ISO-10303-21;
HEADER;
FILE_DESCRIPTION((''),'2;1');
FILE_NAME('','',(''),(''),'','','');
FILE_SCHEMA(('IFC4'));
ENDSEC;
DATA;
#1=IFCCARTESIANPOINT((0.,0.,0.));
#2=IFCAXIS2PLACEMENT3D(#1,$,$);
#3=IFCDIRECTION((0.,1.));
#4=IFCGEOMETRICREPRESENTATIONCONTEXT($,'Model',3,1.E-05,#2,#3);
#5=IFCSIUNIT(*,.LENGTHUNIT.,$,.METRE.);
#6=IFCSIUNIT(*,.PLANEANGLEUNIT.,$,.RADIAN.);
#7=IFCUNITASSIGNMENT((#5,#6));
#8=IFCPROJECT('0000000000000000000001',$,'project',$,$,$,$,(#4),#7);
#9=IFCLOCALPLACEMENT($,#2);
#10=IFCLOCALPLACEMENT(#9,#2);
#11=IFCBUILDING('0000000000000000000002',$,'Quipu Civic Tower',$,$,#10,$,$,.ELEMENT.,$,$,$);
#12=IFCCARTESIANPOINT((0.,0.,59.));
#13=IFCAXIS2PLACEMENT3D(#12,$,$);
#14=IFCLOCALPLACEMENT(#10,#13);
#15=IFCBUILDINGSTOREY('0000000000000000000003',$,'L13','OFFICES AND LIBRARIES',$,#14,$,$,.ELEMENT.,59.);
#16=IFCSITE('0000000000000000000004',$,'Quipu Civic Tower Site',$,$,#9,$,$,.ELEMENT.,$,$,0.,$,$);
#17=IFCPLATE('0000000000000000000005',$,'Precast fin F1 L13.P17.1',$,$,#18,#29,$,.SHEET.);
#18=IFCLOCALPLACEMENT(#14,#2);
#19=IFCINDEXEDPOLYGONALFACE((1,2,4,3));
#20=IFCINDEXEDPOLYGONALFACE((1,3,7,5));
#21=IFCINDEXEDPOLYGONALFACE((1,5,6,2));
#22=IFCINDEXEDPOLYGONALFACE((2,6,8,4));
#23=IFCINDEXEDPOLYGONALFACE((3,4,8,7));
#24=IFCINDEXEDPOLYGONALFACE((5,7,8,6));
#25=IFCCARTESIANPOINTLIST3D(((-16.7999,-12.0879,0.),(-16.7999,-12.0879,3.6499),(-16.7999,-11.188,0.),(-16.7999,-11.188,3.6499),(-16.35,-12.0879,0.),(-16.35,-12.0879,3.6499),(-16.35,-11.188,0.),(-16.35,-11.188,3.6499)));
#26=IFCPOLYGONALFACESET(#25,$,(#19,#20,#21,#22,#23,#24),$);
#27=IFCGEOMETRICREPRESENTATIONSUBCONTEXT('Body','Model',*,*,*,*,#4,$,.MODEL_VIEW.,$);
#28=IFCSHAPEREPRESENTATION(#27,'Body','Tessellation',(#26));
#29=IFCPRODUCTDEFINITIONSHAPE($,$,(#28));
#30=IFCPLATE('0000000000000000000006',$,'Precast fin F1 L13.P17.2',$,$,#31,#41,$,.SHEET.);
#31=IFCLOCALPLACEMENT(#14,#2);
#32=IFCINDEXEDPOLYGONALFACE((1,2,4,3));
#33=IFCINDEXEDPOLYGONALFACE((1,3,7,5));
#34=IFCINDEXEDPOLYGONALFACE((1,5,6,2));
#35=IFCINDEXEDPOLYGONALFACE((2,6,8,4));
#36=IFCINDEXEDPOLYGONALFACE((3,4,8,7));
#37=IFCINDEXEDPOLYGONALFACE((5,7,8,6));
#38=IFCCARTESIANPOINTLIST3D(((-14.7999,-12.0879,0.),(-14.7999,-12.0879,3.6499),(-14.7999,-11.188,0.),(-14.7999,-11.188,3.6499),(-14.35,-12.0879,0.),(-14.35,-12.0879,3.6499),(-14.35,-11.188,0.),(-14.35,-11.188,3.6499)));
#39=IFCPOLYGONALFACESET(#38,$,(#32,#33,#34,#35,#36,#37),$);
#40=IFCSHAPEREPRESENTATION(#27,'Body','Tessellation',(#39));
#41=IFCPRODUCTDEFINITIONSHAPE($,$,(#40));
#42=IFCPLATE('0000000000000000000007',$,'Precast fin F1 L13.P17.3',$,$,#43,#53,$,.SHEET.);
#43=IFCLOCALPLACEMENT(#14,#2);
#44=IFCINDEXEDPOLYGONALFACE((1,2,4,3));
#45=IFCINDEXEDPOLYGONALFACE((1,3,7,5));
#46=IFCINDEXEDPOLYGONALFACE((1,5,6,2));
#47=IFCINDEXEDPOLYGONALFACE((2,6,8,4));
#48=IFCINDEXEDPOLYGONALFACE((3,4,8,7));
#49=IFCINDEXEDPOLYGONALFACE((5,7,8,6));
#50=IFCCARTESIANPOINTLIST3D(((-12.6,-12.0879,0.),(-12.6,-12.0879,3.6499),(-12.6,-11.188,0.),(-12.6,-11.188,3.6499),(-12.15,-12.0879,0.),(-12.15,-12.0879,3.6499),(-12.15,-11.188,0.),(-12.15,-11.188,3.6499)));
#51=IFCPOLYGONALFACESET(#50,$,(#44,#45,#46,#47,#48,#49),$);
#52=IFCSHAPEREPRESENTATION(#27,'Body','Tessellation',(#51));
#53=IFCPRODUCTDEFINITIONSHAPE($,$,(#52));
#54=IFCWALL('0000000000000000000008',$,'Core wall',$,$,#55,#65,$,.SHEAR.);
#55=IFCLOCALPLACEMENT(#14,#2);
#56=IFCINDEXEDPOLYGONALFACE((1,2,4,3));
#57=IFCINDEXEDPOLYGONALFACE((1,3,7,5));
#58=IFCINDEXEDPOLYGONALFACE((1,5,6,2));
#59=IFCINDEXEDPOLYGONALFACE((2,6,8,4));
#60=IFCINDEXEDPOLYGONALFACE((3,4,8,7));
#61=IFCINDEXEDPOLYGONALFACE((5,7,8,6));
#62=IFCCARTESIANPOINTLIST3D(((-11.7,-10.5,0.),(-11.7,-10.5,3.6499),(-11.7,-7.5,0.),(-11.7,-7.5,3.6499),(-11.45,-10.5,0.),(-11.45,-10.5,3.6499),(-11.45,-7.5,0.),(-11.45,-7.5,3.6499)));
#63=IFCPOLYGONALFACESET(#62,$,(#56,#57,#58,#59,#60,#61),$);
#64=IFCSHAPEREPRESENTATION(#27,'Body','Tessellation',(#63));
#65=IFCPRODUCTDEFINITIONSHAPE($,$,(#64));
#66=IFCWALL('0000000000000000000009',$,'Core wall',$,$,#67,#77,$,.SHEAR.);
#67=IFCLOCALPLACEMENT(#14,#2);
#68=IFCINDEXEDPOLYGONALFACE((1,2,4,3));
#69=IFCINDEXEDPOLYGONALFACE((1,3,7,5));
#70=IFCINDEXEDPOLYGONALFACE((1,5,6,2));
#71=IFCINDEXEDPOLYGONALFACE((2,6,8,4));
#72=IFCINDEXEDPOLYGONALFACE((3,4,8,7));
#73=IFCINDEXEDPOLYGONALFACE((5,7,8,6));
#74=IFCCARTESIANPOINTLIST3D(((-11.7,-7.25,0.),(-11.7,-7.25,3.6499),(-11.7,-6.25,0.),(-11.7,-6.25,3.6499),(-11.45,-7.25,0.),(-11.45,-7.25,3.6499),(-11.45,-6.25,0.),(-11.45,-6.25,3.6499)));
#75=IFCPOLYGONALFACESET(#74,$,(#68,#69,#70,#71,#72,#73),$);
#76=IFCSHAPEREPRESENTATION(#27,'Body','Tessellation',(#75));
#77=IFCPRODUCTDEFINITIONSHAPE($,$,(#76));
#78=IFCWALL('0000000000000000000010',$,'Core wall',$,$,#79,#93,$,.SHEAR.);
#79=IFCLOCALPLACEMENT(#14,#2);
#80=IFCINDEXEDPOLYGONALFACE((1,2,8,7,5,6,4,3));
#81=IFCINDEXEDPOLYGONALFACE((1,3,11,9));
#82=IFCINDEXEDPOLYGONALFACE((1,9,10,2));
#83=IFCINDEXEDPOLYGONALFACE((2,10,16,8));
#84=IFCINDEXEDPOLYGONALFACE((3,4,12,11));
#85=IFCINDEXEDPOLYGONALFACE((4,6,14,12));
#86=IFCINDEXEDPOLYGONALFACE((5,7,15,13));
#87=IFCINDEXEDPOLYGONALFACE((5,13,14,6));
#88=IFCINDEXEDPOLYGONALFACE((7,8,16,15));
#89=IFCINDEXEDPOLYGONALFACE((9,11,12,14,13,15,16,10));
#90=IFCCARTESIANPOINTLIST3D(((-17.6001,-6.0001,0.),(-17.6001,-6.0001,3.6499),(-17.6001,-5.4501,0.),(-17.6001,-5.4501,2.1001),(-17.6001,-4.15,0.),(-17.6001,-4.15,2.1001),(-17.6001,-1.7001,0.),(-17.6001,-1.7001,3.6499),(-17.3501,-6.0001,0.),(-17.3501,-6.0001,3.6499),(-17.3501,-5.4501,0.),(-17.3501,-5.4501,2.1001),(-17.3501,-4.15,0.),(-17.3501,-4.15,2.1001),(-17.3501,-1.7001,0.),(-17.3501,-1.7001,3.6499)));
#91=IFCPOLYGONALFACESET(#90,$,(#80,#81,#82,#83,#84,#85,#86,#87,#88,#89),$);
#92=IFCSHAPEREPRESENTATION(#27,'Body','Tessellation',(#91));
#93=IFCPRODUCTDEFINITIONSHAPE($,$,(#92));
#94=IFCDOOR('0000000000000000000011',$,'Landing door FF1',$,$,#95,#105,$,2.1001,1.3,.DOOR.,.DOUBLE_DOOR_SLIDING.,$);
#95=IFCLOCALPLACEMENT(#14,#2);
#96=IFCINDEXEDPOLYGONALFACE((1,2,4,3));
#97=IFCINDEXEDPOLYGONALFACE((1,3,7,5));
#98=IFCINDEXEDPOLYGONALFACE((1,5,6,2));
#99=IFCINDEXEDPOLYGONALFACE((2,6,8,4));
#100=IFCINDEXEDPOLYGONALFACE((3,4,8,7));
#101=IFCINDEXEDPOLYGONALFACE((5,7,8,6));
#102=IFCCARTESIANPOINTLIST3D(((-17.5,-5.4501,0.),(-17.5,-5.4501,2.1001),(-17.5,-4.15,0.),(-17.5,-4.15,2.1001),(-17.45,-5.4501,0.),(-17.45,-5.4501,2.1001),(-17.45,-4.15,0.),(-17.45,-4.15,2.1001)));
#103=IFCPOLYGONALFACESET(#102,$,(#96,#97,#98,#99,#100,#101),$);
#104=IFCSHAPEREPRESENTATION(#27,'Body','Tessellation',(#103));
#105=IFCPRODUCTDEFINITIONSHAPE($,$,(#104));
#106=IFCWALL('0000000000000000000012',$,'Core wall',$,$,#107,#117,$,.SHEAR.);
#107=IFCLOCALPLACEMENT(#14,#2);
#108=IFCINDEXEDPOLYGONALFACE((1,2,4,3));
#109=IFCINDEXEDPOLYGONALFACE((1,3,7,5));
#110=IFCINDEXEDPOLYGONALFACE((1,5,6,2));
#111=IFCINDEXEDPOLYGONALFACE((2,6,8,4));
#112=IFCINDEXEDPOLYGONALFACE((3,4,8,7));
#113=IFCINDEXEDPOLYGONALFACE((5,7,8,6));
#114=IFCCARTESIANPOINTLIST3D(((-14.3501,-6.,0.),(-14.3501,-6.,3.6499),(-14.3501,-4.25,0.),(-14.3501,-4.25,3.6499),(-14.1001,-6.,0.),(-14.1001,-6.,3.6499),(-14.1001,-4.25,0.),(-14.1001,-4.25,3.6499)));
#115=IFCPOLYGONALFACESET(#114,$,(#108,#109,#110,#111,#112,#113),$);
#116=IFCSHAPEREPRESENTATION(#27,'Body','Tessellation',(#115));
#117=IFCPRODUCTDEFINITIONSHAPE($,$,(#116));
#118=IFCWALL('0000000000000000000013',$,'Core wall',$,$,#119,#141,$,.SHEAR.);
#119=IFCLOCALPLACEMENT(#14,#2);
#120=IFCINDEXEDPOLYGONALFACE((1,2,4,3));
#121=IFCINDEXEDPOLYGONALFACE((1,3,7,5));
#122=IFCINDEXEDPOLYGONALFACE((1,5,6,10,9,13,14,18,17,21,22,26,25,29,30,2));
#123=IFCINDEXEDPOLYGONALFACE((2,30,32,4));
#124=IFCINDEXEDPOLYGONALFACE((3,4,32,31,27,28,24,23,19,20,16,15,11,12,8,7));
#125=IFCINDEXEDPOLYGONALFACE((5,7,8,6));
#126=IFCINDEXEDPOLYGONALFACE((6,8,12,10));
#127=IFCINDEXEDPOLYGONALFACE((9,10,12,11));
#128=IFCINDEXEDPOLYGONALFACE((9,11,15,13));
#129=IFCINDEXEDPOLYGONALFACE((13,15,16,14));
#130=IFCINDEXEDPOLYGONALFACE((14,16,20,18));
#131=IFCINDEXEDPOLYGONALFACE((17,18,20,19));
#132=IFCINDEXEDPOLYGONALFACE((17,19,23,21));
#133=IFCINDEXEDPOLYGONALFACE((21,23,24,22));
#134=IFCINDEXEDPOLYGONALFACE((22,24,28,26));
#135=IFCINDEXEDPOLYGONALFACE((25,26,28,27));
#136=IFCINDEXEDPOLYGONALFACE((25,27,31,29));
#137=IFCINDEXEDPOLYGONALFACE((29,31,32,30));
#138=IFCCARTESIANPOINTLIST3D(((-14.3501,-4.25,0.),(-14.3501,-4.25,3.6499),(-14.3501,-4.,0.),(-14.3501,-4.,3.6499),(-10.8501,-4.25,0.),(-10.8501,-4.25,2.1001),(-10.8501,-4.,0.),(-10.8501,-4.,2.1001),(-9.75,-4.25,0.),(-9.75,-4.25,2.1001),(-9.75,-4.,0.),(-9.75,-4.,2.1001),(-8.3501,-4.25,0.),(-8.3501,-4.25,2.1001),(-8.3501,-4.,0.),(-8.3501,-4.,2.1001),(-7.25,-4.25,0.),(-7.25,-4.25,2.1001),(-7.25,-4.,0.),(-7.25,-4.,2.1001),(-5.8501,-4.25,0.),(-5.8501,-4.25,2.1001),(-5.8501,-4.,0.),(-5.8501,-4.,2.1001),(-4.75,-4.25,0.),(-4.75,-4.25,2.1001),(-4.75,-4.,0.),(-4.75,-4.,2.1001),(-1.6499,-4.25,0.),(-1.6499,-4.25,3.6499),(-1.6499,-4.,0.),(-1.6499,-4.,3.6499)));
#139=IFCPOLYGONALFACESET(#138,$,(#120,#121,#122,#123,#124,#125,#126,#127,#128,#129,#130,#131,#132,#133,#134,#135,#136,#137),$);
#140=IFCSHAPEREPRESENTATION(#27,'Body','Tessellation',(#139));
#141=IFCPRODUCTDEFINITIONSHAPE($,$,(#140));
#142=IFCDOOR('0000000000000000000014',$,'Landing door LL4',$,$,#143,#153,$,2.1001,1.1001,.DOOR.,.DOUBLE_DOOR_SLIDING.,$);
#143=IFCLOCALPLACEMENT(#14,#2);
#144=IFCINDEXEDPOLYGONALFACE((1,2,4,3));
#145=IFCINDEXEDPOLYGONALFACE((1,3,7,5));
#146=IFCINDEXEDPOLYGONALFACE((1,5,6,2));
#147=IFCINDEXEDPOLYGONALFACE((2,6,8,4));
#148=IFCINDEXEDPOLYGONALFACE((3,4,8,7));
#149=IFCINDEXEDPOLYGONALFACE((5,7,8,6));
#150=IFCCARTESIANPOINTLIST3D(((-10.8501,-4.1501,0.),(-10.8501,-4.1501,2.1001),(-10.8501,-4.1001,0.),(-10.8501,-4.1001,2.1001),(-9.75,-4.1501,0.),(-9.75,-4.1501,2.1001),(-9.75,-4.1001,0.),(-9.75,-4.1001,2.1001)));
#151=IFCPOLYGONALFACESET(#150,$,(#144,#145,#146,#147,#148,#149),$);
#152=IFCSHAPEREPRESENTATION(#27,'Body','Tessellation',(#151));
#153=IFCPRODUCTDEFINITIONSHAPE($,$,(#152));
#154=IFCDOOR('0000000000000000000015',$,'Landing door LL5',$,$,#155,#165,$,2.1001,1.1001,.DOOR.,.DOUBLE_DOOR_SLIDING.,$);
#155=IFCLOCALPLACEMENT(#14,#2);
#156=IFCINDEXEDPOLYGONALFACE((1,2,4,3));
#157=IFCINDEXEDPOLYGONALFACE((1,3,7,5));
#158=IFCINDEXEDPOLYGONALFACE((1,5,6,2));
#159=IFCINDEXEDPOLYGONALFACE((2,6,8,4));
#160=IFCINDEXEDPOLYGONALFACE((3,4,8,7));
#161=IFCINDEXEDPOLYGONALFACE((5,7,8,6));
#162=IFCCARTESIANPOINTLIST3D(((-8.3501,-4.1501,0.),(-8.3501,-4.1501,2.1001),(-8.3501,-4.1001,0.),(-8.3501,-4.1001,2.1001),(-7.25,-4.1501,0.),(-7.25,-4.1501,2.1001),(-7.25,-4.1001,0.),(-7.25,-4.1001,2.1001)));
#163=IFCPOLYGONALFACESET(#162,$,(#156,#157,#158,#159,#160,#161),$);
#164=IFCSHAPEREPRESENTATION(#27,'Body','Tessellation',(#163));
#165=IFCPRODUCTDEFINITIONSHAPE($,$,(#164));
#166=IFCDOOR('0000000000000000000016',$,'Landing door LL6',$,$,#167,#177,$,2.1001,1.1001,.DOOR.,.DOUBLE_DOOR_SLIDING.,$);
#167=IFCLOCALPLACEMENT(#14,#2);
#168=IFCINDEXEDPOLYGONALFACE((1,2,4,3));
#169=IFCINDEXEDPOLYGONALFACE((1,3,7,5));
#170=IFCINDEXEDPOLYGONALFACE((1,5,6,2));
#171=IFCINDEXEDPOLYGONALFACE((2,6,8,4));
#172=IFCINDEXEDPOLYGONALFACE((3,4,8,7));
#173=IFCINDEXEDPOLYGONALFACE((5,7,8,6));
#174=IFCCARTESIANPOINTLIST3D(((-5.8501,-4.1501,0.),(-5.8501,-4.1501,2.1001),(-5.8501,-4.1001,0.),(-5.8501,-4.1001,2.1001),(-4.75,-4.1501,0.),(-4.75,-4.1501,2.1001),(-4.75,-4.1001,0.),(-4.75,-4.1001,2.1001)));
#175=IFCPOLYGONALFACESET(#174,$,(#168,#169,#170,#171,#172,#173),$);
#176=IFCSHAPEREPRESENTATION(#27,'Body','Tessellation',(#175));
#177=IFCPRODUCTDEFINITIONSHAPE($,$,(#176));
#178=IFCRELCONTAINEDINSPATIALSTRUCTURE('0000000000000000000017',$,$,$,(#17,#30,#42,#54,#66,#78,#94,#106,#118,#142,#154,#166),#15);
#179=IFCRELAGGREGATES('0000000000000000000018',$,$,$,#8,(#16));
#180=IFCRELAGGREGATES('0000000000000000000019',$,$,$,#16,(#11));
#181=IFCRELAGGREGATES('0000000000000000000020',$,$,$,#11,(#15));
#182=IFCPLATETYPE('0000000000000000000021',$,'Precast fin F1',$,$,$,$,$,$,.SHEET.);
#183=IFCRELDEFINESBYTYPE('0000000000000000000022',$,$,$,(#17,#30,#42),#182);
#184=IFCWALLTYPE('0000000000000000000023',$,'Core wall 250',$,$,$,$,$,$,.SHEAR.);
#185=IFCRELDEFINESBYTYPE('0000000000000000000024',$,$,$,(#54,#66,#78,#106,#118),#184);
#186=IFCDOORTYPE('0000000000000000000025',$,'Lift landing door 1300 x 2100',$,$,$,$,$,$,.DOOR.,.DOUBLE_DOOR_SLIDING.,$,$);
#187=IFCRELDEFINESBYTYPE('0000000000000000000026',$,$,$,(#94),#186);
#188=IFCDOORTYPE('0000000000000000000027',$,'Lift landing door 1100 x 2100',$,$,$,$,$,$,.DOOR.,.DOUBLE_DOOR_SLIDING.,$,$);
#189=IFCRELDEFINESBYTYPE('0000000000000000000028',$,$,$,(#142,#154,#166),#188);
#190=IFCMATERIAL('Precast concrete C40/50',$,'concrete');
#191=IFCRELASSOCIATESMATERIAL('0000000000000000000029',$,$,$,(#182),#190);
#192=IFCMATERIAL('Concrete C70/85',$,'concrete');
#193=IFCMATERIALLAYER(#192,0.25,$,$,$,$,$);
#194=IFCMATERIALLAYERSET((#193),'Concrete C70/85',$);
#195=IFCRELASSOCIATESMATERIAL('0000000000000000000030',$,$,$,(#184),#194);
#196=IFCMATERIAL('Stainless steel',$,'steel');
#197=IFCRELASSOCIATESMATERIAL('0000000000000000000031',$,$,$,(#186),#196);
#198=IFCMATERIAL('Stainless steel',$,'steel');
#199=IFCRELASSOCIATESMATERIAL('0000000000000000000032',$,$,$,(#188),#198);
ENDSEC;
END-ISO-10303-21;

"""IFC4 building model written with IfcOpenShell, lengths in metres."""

from ifc_helpers import new_model, si_unit, direction, frame, frame_2d, origin, origin_2d, place, context, subcontext, project, spatial, rectangle, extrude, material, layer, layer_set, type_object, element, fill, save


model = new_model("IFC4")

# Units and contexts
model_context = context("Model", 3, precision=1e-05, world=origin(), true_north=direction((0.0, 1.0)))
body_context = subcontext(model_context, "Body", "Model", "MODEL_VIEW")
ifc_project = project(units=[si_unit("LENGTHUNIT", "METRE"), si_unit("PLANEANGLEUNIT", "RADIAN")], contexts=[model_context])

# Site, building, storey
site_placement = place(None, origin())
site = spatial("IfcSite", under=ifc_project, at=site_placement, Name="Quipu Civic Tower Site", CompositionType="ELEMENT", RefElevation=0.0)
building_placement = place(site_placement, origin())
building = spatial("IfcBuilding", under=site, at=building_placement, Name="Quipu Civic Tower", CompositionType="ELEMENT")
storey_placement = place(building_placement, frame((0.0, 0.0, 59.0)))
storey = spatial("IfcBuildingStorey", under=building, at=storey_placement, Name="L13", Description="OFFICES AND LIBRARIES", CompositionType="ELEMENT", Elevation=59.0)

# Plates
ifc_material_1 = material(Name="Precast concrete C40/50", Category="concrete")
plate_type = type_object("IfcPlateType", Name="Precast fin F1", PredefinedType="SHEET", material=ifc_material_1)
for number, where, z_axis, x_axis, name in (
    (1, (-16.575, -11.6379, 0.0), (0.0, 0.0, 1.0), (1.0, 0.0, 0.0), "Precast fin F1 L13.P17.1"),
    (2, (-14.575, -11.6379, 0.0), (0.0, 0.0, 1.0), (1.0, 0.0, 0.0), "Precast fin F1 L13.P17.2"),
    (3, (-12.375, -11.6379, 0.0), (0.0, 0.0, 1.0), (1.0, 0.0, 0.0), "Precast fin F1 L13.P17.3"),
):
    element("IfcPlate", number, at=place(storey_placement, frame(where, z_axis=z_axis, x_axis=x_axis)), inside=storey, type_object=plate_type, Name=name, PredefinedType="SHEET", context=body_context, shape_type="SweptSolid", body=[
        extrude(rectangle(XDim=0.45, YDim=0.8999, at=origin_2d()), origin(), (0.0, 0.0, 1.0), 3.6499),
    ])

# Walls
ifc_material_2 = material(Name="Concrete C70/85", Category="concrete")
ifc_layer_1 = layer(ifc_material_2, 0.25)
ifc_layer_set_1 = layer_set([ifc_layer_1], Name="Concrete C70/85")
wall_type_1 = type_object("IfcWallType", Name="Core wall 250", PredefinedType="SHEAR", material=ifc_layer_set_1)
wall_1_placement = place(storey_placement, frame((-11.575, -10.5, 0.0), z_axis=(0.0, 0.0, 1.0), x_axis=(0.0, 1.0, 0.0)))
element("IfcWall", 4, at=wall_1_placement, inside=storey, type_object=wall_type_1, Name="Core wall", PredefinedType="SHEAR", context=body_context, shape_type="SweptSolid", body=[
    extrude(rectangle(XDim=3.0, YDim=0.25, at=frame_2d((1.5, 0.0))), origin(), (0.0, 0.0, 1.0), 3.6499),
])
wall_2_placement = place(storey_placement, frame((-11.575, -7.25, 0.0), z_axis=(0.0, 0.0, 1.0), x_axis=(0.0, 1.0, 0.0)))
element("IfcWall", 5, at=wall_2_placement, inside=storey, type_object=wall_type_1, Name="Core wall", PredefinedType="SHEAR", context=body_context, shape_type="SweptSolid", body=[
    extrude(rectangle(XDim=1.0, YDim=0.25, at=frame_2d((0.5, 0.0))), origin(), (0.0, 0.0, 1.0), 3.6499),
])

# Wall, opening, door
wall_3_placement = place(storey_placement, frame((-17.4751, -6.0, 0.0), z_axis=(0.0, 0.0, 1.0), x_axis=(0.0, 1.0, 0.0)))
wall_3 = element("IfcWall", 6, at=wall_3_placement, inside=storey, type_object=wall_type_1, Name="Core wall", PredefinedType="SHEAR", context=body_context, shape_type="SweptSolid", body=[
    extrude(rectangle(XDim=4.3, YDim=0.25, at=frame_2d((2.1499, 0.0))), origin(), (0.0, 0.0, 1.0), 3.6499),
])
opening_1_placement = place(wall_3_placement, frame((0.55, 0.0, 0.0)))
opening_1 = element("IfcOpeningElement", 7, at=opening_1_placement, cuts=wall_3, PredefinedType="OPENING", context=body_context, shape_type="SweptSolid", body=[
    extrude(rectangle(XDim=1.3, YDim=2.1001, at=frame_2d((0.6499, 1.05))), frame((0.0, 0.135, 0.0), z_axis=(0.0, -1.0, 0.0), x_axis=(1.0, 0.0, 0.0)), (0.0, 0.0, 1.0), 0.27),
])
ifc_material_3 = material(Name="Stainless steel", Category="steel")
door_type_1 = type_object("IfcDoorType", Name="Lift landing door 1300 x 2100", OperationType="DOUBLE_DOOR_SLIDING", PredefinedType="DOOR", material=ifc_material_3)
door_1_placement = place(opening_1_placement, origin())
door_1 = element("IfcDoor", 8, at=door_1_placement, inside=storey, type_object=door_type_1, Name="Landing door FF1", OperationType="DOUBLE_DOOR_SLIDING", OverallHeight=2.1001, OverallWidth=1.3, PredefinedType="DOOR", context=body_context, shape_type="SweptSolid", body=[
    extrude(rectangle(XDim=1.3, YDim=2.1001, at=frame_2d((0.6499, 1.05))), frame((0.0, 0.0249, 0.0), z_axis=(0.0, -1.0, 0.0), x_axis=(1.0, 0.0, 0.0)), (0.0, 0.0, 1.0), 0.05),
])
fill(opening_1, door_1)

# Wall
wall_4_placement = place(storey_placement, frame((-14.2251, -6.0, 0.0), z_axis=(0.0, 0.0, 1.0), x_axis=(0.0, 1.0, 0.0)))
element("IfcWall", 9, at=wall_4_placement, inside=storey, type_object=wall_type_1, Name="Core wall", PredefinedType="SHEAR", context=body_context, shape_type="SweptSolid", body=[
    extrude(rectangle(XDim=1.75, YDim=0.25, at=frame_2d((0.875, 0.0))), origin(), (0.0, 0.0, 1.0), 3.6499),
])

# Wall, openings, doors
wall_5_placement = place(storey_placement, frame((-14.3501, -4.125, 0.0), z_axis=(0.0, 0.0, 1.0), x_axis=(1.0, 0.0, 0.0)))
wall_5 = element("IfcWall", 10, at=wall_5_placement, inside=storey, type_object=wall_type_1, Name="Core wall", PredefinedType="SHEAR", context=body_context, shape_type="SweptSolid", body=[
    extrude(rectangle(XDim=12.7002, YDim=0.25, at=frame_2d((6.3501, 0.0))), origin(), (0.0, 0.0, 1.0), 3.6499),
])
opening_2_placement = place(wall_5_placement, frame((3.5, 0.0, 0.0)))
opening_2 = element("IfcOpeningElement", 11, at=opening_2_placement, cuts=wall_5, PredefinedType="OPENING", context=body_context, shape_type="SweptSolid", body=[
    extrude(rectangle(XDim=1.1001, YDim=2.1001, at=frame_2d((0.55, 1.05))), frame((0.0, 0.135, 0.0), z_axis=(0.0, -1.0, 0.0), x_axis=(1.0, 0.0, 0.0)), (0.0, 0.0, 1.0), 0.27),
])
opening_3_placement = place(wall_5_placement, frame((6.0, 0.0, 0.0)))
opening_3 = element("IfcOpeningElement", 12, at=opening_3_placement, cuts=wall_5, PredefinedType="OPENING", context=body_context, shape_type="SweptSolid", body=[
    extrude(rectangle(XDim=1.1001, YDim=2.1001, at=frame_2d((0.55, 1.05))), frame((0.0, 0.135, 0.0), z_axis=(0.0, -1.0, 0.0), x_axis=(1.0, 0.0, 0.0)), (0.0, 0.0, 1.0), 0.27),
])
opening_4_placement = place(wall_5_placement, frame((8.5, 0.0, 0.0)))
opening_4 = element("IfcOpeningElement", 13, at=opening_4_placement, cuts=wall_5, PredefinedType="OPENING", context=body_context, shape_type="SweptSolid", body=[
    extrude(rectangle(XDim=1.1001, YDim=2.1001, at=frame_2d((0.55, 1.05))), frame((0.0, 0.135, 0.0), z_axis=(0.0, -1.0, 0.0), x_axis=(1.0, 0.0, 0.0)), (0.0, 0.0, 1.0), 0.27),
])
ifc_material_4 = material(Name="Stainless steel", Category="steel")
door_type_2 = type_object("IfcDoorType", Name="Lift landing door 1100 x 2100", OperationType="DOUBLE_DOOR_SLIDING", PredefinedType="DOOR", material=ifc_material_4)
door_2_placement = place(opening_2_placement, origin())
door_2 = element("IfcDoor", 14, at=door_2_placement, inside=storey, type_object=door_type_2, Name="Landing door LL4", OperationType="DOUBLE_DOOR_SLIDING", OverallHeight=2.1001, OverallWidth=1.1001, PredefinedType="DOOR", context=body_context, shape_type="SweptSolid", body=[
    extrude(rectangle(XDim=1.1001, YDim=2.1001, at=frame_2d((0.55, 1.05))), frame((0.0, 0.0249, 0.0), z_axis=(0.0, -1.0, 0.0), x_axis=(1.0, 0.0, 0.0)), (0.0, 0.0, 1.0), 0.05),
])
fill(opening_2, door_2)
door_3_placement = place(opening_3_placement, origin())
door_3 = element("IfcDoor", 15, at=door_3_placement, inside=storey, type_object=door_type_2, Name="Landing door LL5", OperationType="DOUBLE_DOOR_SLIDING", OverallHeight=2.1001, OverallWidth=1.1001, PredefinedType="DOOR", context=body_context, shape_type="SweptSolid", body=[
    extrude(rectangle(XDim=1.1001, YDim=2.1001, at=frame_2d((0.55, 1.05))), frame((0.0, 0.0249, 0.0), z_axis=(0.0, -1.0, 0.0), x_axis=(1.0, 0.0, 0.0)), (0.0, 0.0, 1.0), 0.05),
])
fill(opening_3, door_3)
door_4_placement = place(opening_4_placement, origin())
door_4 = element("IfcDoor", 16, at=door_4_placement, inside=storey, type_object=door_type_2, Name="Landing door LL6", OperationType="DOUBLE_DOOR_SLIDING", OverallHeight=2.1001, OverallWidth=1.1001, PredefinedType="DOOR", context=body_context, shape_type="SweptSolid", body=[
    extrude(rectangle(XDim=1.1001, YDim=2.1001, at=frame_2d((0.55, 1.05))), frame((0.0, 0.0249, 0.0), z_axis=(0.0, -1.0, 0.0), x_axis=(1.0, 0.0, 0.0)), (0.0, 0.0, 1.0), 0.05),
])
fill(opening_4, door_4)

save(model, "model.ifc")
